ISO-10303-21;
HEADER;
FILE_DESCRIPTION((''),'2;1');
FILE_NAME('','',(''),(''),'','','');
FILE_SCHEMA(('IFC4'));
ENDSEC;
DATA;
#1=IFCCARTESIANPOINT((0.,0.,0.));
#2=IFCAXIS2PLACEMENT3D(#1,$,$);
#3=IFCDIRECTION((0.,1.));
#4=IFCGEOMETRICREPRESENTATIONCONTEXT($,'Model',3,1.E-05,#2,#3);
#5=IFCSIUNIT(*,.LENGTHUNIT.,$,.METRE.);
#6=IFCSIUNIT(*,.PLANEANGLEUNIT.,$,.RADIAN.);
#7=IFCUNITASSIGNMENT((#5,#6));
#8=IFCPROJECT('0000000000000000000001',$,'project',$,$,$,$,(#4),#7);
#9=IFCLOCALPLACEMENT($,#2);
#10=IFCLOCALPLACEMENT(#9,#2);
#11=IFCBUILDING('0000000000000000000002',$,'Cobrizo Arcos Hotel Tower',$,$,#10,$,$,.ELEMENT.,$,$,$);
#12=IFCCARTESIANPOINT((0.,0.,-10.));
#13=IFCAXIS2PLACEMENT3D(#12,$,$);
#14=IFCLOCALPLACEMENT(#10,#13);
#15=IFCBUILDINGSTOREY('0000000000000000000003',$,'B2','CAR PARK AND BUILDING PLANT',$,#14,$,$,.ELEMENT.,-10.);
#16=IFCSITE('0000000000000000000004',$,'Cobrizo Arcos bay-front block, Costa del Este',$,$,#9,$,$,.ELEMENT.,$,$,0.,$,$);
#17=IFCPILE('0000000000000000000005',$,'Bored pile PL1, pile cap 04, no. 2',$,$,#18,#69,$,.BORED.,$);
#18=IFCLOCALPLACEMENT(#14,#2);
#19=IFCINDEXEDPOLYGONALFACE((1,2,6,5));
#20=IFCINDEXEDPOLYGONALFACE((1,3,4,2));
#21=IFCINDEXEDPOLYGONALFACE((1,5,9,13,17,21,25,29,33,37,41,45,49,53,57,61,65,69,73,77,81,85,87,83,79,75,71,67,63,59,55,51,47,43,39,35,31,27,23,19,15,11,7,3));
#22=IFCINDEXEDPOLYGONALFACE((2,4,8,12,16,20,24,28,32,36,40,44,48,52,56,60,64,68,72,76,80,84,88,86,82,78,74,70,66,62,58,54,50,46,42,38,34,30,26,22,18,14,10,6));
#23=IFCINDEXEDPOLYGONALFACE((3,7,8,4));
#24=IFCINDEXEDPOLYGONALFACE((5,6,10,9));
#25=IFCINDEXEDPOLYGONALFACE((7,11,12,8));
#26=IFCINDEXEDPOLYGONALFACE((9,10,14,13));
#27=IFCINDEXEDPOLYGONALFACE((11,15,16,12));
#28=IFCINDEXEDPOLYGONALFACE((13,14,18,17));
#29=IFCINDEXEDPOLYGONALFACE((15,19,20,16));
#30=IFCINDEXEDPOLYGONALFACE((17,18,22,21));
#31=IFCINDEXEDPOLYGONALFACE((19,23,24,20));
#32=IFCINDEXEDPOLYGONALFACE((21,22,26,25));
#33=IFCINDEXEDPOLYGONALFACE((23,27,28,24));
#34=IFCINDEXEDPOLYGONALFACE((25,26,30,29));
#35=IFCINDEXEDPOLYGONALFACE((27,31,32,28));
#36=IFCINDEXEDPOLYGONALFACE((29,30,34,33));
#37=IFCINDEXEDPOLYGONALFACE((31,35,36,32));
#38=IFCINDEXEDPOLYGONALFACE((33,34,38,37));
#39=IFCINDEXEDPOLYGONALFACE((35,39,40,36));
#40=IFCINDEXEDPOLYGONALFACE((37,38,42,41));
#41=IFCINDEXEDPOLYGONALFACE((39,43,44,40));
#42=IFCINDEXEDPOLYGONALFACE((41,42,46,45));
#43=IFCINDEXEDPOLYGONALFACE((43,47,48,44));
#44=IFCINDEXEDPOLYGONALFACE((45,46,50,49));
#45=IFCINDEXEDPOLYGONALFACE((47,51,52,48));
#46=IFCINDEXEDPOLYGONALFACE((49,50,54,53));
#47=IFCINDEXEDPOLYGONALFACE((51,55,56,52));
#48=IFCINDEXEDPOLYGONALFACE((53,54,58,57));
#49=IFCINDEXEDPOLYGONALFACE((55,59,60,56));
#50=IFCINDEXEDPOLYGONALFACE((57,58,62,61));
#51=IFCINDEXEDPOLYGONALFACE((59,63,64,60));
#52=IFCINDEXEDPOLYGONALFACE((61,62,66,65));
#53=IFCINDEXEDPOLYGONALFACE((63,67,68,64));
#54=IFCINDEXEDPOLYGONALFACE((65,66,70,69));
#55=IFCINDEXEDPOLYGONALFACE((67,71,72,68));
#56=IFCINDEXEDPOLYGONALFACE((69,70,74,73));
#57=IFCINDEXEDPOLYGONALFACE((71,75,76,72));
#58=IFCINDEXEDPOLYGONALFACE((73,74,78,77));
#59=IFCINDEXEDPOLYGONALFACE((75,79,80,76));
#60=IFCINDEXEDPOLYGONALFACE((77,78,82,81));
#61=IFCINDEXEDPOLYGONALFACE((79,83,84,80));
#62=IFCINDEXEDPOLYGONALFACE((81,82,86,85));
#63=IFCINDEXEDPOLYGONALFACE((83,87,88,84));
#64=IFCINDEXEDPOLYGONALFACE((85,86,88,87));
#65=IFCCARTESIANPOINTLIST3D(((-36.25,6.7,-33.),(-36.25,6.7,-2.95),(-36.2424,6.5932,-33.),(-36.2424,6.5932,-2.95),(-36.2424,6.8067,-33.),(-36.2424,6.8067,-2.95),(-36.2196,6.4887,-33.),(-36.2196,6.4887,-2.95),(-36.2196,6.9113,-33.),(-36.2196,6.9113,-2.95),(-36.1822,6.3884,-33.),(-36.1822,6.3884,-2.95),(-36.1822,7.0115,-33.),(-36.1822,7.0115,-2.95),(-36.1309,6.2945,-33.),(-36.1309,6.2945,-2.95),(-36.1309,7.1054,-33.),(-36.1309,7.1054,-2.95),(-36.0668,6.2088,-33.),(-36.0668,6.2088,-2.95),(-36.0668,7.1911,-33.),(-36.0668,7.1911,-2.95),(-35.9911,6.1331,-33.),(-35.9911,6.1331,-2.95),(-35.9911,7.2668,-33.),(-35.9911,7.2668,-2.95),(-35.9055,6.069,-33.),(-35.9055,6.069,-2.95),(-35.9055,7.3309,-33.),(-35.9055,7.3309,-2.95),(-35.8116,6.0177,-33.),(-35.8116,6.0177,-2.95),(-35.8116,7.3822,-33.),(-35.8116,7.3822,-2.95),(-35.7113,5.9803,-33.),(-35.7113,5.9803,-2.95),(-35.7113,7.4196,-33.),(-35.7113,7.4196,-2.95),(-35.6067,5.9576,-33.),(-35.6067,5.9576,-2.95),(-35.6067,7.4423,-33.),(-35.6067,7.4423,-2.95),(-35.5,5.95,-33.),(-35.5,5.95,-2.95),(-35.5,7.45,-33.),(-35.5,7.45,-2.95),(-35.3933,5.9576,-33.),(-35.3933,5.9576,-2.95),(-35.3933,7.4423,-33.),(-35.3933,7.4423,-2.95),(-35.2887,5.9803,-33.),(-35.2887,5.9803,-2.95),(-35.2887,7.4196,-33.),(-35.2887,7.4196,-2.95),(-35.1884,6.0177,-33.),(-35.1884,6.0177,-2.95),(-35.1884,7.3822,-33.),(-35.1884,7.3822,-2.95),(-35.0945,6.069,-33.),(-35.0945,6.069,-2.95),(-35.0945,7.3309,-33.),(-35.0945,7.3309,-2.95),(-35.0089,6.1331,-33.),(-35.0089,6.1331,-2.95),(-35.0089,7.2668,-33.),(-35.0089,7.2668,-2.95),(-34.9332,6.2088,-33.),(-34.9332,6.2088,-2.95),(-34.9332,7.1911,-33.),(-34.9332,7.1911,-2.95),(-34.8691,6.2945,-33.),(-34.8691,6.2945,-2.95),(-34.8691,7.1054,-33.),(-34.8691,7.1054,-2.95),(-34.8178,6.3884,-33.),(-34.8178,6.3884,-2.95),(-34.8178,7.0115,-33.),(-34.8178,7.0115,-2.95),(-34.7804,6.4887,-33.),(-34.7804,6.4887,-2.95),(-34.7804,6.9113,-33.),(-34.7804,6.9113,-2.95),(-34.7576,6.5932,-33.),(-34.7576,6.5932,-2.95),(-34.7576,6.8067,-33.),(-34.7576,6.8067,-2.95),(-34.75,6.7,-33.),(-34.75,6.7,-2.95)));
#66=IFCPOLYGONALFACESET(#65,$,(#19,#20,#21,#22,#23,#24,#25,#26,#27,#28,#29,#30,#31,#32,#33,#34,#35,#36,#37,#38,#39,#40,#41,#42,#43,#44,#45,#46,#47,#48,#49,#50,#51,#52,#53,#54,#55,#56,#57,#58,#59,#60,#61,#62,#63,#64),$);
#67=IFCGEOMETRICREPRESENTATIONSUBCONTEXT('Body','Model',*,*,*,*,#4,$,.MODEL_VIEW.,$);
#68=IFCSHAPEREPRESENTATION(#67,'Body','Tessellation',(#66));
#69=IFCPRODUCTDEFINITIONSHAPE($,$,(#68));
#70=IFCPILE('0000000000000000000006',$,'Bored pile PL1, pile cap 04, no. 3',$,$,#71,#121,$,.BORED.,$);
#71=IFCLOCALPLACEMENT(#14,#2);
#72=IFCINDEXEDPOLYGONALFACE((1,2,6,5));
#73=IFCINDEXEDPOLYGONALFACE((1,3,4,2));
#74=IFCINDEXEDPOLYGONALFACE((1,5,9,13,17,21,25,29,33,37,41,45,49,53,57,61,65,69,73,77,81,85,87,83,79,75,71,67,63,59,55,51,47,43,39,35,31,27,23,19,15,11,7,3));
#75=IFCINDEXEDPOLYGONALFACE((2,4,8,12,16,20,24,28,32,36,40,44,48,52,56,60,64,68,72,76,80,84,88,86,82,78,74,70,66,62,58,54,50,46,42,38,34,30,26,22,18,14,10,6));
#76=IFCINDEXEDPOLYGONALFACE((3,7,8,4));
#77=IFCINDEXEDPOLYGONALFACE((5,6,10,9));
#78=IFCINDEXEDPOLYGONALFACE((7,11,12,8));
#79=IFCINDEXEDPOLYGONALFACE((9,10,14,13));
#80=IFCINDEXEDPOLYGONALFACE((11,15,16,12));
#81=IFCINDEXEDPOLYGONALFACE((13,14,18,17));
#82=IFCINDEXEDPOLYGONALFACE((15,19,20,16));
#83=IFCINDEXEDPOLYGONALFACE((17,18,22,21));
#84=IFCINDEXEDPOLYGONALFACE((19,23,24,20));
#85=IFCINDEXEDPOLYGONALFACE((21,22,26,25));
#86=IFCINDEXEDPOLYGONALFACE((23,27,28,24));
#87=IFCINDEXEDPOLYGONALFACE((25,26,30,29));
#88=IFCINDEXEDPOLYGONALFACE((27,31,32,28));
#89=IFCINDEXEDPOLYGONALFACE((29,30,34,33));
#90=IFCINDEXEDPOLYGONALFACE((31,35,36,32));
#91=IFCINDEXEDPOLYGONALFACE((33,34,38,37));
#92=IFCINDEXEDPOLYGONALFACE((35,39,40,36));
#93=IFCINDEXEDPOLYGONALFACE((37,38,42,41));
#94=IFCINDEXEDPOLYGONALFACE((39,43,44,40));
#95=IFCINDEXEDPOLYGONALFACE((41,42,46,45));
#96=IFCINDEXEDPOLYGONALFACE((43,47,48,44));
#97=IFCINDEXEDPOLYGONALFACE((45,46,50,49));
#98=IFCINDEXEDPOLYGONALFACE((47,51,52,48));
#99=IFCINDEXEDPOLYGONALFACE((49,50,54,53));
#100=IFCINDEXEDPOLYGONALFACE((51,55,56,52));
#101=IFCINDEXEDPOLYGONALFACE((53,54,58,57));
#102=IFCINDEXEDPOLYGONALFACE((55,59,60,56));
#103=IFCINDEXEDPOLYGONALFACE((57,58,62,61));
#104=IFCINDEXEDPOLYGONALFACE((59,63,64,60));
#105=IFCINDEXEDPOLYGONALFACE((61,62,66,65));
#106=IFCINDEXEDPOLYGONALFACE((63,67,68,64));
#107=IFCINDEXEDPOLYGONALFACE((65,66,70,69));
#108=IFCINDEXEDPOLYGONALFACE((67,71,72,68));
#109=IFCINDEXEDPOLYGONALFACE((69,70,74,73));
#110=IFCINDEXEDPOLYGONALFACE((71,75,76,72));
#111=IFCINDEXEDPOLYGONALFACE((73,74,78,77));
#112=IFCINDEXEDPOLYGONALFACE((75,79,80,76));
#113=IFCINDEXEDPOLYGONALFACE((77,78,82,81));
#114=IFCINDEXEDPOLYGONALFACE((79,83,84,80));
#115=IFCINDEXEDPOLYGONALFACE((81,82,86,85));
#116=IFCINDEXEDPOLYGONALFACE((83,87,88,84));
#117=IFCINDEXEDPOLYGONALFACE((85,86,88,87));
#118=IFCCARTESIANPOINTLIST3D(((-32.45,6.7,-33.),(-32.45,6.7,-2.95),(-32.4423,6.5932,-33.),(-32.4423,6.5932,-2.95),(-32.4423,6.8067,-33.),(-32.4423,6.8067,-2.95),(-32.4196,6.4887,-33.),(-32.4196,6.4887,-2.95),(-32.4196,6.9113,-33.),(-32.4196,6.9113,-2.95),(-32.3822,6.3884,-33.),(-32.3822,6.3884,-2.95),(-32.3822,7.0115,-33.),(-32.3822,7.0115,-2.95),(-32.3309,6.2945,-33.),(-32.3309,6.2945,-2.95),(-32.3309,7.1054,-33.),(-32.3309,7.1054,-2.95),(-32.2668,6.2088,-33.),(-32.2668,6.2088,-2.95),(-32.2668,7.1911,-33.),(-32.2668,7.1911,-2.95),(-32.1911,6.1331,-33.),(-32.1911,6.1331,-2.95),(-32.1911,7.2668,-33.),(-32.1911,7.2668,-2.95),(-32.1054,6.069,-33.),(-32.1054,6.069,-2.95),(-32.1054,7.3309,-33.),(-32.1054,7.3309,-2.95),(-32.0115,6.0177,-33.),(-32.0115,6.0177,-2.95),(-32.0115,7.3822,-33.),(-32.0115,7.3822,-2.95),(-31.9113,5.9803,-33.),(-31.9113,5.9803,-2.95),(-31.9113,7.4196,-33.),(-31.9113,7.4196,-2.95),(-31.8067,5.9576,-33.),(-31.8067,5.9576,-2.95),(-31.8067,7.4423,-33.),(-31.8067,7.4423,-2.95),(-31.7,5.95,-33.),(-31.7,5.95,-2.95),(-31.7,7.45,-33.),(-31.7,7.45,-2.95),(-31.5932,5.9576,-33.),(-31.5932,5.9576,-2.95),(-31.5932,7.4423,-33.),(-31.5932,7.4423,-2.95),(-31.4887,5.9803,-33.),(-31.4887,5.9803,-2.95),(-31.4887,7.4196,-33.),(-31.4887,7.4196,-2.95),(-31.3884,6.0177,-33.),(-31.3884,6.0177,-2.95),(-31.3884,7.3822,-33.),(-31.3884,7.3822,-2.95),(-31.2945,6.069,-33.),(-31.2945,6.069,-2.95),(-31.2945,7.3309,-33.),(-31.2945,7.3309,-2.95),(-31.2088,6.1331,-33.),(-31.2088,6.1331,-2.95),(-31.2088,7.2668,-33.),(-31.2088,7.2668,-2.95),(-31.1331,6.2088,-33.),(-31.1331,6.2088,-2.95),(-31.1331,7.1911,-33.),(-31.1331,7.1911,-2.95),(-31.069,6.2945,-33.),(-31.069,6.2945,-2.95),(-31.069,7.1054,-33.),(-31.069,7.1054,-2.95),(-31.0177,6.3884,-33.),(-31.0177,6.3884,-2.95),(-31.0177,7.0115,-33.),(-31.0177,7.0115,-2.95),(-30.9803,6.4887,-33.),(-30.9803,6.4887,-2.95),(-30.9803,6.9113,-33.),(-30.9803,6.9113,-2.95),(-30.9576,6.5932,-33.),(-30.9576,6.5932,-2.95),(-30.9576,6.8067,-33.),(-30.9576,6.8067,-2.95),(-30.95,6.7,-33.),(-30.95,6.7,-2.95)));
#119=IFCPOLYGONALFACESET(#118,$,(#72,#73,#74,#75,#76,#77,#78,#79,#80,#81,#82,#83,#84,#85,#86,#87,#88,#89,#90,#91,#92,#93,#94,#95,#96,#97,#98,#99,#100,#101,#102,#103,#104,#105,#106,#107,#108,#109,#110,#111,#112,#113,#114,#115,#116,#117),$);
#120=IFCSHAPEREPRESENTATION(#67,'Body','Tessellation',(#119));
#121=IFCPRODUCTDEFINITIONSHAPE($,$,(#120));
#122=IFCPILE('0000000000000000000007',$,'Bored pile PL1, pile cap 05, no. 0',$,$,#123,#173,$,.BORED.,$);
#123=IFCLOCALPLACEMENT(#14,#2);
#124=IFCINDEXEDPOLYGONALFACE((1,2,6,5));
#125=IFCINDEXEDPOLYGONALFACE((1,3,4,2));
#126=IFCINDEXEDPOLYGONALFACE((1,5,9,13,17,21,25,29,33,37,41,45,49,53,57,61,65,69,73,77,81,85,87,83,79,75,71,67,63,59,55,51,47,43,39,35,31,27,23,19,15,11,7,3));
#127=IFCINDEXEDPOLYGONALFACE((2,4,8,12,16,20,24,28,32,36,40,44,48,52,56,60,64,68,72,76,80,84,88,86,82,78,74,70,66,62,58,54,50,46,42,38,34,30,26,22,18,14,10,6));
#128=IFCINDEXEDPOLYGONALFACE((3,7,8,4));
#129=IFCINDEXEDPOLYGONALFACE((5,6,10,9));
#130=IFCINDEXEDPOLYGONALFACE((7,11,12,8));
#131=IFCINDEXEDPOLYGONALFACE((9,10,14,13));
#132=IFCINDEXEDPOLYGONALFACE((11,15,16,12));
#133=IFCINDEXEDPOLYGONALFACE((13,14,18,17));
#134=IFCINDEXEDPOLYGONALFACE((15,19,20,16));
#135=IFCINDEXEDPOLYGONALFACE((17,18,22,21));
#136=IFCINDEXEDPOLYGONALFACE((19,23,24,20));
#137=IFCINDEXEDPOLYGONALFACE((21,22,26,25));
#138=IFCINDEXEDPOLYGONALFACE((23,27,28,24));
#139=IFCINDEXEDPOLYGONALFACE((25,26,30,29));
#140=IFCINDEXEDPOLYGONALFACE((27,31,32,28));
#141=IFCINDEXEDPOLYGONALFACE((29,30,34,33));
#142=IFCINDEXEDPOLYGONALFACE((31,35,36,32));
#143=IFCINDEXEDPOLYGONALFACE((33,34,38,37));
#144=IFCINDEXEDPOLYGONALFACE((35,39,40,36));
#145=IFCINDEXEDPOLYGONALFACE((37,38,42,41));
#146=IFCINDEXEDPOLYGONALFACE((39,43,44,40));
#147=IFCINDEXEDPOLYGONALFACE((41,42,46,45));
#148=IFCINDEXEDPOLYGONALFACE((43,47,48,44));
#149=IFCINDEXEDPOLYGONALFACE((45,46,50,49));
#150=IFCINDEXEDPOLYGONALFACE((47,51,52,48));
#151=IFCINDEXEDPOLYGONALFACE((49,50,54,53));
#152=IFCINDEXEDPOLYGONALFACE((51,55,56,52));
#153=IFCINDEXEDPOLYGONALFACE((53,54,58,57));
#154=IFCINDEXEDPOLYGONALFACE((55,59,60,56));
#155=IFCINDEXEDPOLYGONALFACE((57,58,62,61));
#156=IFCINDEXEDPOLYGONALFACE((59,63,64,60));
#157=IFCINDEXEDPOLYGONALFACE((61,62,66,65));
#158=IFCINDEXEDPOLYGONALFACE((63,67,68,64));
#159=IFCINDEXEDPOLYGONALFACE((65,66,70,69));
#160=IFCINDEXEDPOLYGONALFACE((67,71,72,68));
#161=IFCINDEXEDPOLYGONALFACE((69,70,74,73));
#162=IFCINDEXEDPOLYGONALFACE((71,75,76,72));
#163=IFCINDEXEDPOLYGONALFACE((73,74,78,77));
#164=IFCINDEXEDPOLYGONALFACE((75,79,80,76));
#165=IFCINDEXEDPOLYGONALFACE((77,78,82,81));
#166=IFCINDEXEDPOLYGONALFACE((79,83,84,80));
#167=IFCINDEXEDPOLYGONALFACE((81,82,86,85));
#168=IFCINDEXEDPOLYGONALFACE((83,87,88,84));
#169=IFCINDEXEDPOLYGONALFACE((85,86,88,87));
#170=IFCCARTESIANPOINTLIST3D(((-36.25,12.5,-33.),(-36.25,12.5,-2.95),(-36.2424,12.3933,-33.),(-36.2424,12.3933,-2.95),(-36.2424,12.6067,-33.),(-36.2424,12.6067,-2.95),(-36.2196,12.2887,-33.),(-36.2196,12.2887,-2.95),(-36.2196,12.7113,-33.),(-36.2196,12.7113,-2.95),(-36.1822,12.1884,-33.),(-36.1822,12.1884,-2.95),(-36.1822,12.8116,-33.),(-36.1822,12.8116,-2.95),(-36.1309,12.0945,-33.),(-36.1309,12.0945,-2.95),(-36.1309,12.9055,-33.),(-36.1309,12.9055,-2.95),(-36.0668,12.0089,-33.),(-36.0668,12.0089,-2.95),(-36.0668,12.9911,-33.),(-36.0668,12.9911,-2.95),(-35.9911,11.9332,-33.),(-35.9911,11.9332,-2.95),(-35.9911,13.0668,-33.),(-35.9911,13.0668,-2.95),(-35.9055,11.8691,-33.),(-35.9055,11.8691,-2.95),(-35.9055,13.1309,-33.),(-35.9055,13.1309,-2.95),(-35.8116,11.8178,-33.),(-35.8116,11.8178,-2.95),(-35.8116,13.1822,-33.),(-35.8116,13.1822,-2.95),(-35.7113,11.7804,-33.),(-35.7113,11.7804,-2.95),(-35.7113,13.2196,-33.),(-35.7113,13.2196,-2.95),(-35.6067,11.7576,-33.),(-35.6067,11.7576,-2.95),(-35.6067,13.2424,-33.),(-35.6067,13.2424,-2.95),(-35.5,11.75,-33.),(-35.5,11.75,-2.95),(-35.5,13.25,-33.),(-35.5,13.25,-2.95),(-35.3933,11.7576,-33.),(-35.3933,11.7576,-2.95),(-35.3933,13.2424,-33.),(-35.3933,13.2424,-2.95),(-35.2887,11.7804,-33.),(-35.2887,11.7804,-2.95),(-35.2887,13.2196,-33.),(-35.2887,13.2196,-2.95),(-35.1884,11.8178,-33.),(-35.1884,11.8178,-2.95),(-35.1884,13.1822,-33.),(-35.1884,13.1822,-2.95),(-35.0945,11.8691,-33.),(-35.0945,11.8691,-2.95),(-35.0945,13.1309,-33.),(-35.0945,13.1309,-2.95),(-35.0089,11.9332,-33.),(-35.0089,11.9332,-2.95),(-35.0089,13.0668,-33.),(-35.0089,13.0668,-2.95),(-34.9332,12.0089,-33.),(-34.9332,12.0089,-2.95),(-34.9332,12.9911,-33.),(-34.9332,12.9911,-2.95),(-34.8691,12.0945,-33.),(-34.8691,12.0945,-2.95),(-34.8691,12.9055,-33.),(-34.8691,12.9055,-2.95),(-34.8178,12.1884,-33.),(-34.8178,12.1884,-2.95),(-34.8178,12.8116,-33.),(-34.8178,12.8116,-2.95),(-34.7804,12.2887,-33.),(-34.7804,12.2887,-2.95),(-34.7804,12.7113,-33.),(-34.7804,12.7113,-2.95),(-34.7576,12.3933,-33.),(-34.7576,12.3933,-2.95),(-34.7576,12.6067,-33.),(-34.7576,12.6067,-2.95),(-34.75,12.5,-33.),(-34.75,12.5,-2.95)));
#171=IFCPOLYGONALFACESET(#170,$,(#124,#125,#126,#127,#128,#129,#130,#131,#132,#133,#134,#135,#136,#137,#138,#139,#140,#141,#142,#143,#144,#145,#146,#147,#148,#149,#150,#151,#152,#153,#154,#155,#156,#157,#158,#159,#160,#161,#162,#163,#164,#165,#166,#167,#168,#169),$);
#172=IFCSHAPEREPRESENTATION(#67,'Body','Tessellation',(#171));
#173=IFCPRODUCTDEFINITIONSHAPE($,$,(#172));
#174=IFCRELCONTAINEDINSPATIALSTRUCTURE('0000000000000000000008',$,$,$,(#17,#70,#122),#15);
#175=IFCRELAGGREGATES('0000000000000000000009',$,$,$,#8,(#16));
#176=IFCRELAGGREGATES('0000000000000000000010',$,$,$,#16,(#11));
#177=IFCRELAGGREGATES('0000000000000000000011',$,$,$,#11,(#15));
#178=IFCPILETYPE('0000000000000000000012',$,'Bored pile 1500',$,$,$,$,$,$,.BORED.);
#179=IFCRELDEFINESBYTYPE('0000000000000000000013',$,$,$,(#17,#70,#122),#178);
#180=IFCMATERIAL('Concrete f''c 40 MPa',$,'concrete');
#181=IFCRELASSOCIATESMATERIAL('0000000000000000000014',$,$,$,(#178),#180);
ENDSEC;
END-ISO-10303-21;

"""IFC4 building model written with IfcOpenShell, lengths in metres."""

from ifc_helpers import new_model, si_unit, direction, frame, origin, origin_2d, place, context, subcontext, project, spatial, circle, extrude, material, material_profile, profile_set, type_object, element, save


model = new_model("IFC4")

# Units and contexts
model_context = context("Model", 3, precision=1e-05, world=origin(), true_north=direction((0.0, 1.0)))
body_context = subcontext(model_context, "Body", "Model", "MODEL_VIEW")
ifc_project = project(units=[si_unit("LENGTHUNIT", "METRE"), si_unit("PLANEANGLEUNIT", "RADIAN")], contexts=[model_context])

# Site, building, storey
site_placement = place(None, origin())
site = spatial("IfcSite", under=ifc_project, at=site_placement, Name="Cobrizo Arcos bay-front block, Costa del Este", CompositionType="ELEMENT", RefElevation=0.0)
building_placement = place(site_placement, origin())
building = spatial("IfcBuilding", under=site, at=building_placement, Name="Cobrizo Arcos Hotel Tower", CompositionType="ELEMENT")
storey_placement = place(building_placement, frame((0.0, 0.0, -10.0)))
storey = spatial("IfcBuildingStorey", under=building, at=storey_placement, Name="B2", Description="CAR PARK AND BUILDING PLANT", CompositionType="ELEMENT", Elevation=-10.0)

# Piles
ifc_material_1 = material(Name="Concrete f'c 40 MPa", Category="concrete")
ifc_material_profile_1 = material_profile(ifc_material_1, circle(Radius=0.75, at=origin_2d()), Name="BORED PILE 1500")
ifc_profile_set_1 = profile_set([ifc_material_profile_1], Name="Concrete f'c 40 MPa")
pile_type = type_object("IfcPileType", Name="Bored pile 1500", PredefinedType="BORED", material=ifc_profile_set_1)
for number, where, z_axis, x_axis, name in (
    (1, (-35.5, 6.7, -2.95), (0.0, 0.0, -1.0), (1.0, 0.0, 0.0), "Bored pile PL1, pile cap 04, no. 2"),
    (2, (-31.7, 6.7, -2.95), (0.0, 0.0, -1.0), (1.0, 0.0, 0.0), "Bored pile PL1, pile cap 04, no. 3"),
    (3, (-35.5, 12.5, -2.95), (0.0, 0.0, -1.0), (1.0, 0.0, 0.0), "Bored pile PL1, pile cap 05, no. 0"),
):
    element("IfcPile", number, at=place(storey_placement, frame(where, z_axis=z_axis, x_axis=x_axis)), inside=storey, type_object=pile_type, Name=name, PredefinedType="BORED", context=body_context, shape_type="SweptSolid", body=[
        extrude(circle(Radius=0.75, at=origin_2d()), origin(), (0.0, 0.0, 1.0), 30.05),
    ])

save(model, "model.ifc")
